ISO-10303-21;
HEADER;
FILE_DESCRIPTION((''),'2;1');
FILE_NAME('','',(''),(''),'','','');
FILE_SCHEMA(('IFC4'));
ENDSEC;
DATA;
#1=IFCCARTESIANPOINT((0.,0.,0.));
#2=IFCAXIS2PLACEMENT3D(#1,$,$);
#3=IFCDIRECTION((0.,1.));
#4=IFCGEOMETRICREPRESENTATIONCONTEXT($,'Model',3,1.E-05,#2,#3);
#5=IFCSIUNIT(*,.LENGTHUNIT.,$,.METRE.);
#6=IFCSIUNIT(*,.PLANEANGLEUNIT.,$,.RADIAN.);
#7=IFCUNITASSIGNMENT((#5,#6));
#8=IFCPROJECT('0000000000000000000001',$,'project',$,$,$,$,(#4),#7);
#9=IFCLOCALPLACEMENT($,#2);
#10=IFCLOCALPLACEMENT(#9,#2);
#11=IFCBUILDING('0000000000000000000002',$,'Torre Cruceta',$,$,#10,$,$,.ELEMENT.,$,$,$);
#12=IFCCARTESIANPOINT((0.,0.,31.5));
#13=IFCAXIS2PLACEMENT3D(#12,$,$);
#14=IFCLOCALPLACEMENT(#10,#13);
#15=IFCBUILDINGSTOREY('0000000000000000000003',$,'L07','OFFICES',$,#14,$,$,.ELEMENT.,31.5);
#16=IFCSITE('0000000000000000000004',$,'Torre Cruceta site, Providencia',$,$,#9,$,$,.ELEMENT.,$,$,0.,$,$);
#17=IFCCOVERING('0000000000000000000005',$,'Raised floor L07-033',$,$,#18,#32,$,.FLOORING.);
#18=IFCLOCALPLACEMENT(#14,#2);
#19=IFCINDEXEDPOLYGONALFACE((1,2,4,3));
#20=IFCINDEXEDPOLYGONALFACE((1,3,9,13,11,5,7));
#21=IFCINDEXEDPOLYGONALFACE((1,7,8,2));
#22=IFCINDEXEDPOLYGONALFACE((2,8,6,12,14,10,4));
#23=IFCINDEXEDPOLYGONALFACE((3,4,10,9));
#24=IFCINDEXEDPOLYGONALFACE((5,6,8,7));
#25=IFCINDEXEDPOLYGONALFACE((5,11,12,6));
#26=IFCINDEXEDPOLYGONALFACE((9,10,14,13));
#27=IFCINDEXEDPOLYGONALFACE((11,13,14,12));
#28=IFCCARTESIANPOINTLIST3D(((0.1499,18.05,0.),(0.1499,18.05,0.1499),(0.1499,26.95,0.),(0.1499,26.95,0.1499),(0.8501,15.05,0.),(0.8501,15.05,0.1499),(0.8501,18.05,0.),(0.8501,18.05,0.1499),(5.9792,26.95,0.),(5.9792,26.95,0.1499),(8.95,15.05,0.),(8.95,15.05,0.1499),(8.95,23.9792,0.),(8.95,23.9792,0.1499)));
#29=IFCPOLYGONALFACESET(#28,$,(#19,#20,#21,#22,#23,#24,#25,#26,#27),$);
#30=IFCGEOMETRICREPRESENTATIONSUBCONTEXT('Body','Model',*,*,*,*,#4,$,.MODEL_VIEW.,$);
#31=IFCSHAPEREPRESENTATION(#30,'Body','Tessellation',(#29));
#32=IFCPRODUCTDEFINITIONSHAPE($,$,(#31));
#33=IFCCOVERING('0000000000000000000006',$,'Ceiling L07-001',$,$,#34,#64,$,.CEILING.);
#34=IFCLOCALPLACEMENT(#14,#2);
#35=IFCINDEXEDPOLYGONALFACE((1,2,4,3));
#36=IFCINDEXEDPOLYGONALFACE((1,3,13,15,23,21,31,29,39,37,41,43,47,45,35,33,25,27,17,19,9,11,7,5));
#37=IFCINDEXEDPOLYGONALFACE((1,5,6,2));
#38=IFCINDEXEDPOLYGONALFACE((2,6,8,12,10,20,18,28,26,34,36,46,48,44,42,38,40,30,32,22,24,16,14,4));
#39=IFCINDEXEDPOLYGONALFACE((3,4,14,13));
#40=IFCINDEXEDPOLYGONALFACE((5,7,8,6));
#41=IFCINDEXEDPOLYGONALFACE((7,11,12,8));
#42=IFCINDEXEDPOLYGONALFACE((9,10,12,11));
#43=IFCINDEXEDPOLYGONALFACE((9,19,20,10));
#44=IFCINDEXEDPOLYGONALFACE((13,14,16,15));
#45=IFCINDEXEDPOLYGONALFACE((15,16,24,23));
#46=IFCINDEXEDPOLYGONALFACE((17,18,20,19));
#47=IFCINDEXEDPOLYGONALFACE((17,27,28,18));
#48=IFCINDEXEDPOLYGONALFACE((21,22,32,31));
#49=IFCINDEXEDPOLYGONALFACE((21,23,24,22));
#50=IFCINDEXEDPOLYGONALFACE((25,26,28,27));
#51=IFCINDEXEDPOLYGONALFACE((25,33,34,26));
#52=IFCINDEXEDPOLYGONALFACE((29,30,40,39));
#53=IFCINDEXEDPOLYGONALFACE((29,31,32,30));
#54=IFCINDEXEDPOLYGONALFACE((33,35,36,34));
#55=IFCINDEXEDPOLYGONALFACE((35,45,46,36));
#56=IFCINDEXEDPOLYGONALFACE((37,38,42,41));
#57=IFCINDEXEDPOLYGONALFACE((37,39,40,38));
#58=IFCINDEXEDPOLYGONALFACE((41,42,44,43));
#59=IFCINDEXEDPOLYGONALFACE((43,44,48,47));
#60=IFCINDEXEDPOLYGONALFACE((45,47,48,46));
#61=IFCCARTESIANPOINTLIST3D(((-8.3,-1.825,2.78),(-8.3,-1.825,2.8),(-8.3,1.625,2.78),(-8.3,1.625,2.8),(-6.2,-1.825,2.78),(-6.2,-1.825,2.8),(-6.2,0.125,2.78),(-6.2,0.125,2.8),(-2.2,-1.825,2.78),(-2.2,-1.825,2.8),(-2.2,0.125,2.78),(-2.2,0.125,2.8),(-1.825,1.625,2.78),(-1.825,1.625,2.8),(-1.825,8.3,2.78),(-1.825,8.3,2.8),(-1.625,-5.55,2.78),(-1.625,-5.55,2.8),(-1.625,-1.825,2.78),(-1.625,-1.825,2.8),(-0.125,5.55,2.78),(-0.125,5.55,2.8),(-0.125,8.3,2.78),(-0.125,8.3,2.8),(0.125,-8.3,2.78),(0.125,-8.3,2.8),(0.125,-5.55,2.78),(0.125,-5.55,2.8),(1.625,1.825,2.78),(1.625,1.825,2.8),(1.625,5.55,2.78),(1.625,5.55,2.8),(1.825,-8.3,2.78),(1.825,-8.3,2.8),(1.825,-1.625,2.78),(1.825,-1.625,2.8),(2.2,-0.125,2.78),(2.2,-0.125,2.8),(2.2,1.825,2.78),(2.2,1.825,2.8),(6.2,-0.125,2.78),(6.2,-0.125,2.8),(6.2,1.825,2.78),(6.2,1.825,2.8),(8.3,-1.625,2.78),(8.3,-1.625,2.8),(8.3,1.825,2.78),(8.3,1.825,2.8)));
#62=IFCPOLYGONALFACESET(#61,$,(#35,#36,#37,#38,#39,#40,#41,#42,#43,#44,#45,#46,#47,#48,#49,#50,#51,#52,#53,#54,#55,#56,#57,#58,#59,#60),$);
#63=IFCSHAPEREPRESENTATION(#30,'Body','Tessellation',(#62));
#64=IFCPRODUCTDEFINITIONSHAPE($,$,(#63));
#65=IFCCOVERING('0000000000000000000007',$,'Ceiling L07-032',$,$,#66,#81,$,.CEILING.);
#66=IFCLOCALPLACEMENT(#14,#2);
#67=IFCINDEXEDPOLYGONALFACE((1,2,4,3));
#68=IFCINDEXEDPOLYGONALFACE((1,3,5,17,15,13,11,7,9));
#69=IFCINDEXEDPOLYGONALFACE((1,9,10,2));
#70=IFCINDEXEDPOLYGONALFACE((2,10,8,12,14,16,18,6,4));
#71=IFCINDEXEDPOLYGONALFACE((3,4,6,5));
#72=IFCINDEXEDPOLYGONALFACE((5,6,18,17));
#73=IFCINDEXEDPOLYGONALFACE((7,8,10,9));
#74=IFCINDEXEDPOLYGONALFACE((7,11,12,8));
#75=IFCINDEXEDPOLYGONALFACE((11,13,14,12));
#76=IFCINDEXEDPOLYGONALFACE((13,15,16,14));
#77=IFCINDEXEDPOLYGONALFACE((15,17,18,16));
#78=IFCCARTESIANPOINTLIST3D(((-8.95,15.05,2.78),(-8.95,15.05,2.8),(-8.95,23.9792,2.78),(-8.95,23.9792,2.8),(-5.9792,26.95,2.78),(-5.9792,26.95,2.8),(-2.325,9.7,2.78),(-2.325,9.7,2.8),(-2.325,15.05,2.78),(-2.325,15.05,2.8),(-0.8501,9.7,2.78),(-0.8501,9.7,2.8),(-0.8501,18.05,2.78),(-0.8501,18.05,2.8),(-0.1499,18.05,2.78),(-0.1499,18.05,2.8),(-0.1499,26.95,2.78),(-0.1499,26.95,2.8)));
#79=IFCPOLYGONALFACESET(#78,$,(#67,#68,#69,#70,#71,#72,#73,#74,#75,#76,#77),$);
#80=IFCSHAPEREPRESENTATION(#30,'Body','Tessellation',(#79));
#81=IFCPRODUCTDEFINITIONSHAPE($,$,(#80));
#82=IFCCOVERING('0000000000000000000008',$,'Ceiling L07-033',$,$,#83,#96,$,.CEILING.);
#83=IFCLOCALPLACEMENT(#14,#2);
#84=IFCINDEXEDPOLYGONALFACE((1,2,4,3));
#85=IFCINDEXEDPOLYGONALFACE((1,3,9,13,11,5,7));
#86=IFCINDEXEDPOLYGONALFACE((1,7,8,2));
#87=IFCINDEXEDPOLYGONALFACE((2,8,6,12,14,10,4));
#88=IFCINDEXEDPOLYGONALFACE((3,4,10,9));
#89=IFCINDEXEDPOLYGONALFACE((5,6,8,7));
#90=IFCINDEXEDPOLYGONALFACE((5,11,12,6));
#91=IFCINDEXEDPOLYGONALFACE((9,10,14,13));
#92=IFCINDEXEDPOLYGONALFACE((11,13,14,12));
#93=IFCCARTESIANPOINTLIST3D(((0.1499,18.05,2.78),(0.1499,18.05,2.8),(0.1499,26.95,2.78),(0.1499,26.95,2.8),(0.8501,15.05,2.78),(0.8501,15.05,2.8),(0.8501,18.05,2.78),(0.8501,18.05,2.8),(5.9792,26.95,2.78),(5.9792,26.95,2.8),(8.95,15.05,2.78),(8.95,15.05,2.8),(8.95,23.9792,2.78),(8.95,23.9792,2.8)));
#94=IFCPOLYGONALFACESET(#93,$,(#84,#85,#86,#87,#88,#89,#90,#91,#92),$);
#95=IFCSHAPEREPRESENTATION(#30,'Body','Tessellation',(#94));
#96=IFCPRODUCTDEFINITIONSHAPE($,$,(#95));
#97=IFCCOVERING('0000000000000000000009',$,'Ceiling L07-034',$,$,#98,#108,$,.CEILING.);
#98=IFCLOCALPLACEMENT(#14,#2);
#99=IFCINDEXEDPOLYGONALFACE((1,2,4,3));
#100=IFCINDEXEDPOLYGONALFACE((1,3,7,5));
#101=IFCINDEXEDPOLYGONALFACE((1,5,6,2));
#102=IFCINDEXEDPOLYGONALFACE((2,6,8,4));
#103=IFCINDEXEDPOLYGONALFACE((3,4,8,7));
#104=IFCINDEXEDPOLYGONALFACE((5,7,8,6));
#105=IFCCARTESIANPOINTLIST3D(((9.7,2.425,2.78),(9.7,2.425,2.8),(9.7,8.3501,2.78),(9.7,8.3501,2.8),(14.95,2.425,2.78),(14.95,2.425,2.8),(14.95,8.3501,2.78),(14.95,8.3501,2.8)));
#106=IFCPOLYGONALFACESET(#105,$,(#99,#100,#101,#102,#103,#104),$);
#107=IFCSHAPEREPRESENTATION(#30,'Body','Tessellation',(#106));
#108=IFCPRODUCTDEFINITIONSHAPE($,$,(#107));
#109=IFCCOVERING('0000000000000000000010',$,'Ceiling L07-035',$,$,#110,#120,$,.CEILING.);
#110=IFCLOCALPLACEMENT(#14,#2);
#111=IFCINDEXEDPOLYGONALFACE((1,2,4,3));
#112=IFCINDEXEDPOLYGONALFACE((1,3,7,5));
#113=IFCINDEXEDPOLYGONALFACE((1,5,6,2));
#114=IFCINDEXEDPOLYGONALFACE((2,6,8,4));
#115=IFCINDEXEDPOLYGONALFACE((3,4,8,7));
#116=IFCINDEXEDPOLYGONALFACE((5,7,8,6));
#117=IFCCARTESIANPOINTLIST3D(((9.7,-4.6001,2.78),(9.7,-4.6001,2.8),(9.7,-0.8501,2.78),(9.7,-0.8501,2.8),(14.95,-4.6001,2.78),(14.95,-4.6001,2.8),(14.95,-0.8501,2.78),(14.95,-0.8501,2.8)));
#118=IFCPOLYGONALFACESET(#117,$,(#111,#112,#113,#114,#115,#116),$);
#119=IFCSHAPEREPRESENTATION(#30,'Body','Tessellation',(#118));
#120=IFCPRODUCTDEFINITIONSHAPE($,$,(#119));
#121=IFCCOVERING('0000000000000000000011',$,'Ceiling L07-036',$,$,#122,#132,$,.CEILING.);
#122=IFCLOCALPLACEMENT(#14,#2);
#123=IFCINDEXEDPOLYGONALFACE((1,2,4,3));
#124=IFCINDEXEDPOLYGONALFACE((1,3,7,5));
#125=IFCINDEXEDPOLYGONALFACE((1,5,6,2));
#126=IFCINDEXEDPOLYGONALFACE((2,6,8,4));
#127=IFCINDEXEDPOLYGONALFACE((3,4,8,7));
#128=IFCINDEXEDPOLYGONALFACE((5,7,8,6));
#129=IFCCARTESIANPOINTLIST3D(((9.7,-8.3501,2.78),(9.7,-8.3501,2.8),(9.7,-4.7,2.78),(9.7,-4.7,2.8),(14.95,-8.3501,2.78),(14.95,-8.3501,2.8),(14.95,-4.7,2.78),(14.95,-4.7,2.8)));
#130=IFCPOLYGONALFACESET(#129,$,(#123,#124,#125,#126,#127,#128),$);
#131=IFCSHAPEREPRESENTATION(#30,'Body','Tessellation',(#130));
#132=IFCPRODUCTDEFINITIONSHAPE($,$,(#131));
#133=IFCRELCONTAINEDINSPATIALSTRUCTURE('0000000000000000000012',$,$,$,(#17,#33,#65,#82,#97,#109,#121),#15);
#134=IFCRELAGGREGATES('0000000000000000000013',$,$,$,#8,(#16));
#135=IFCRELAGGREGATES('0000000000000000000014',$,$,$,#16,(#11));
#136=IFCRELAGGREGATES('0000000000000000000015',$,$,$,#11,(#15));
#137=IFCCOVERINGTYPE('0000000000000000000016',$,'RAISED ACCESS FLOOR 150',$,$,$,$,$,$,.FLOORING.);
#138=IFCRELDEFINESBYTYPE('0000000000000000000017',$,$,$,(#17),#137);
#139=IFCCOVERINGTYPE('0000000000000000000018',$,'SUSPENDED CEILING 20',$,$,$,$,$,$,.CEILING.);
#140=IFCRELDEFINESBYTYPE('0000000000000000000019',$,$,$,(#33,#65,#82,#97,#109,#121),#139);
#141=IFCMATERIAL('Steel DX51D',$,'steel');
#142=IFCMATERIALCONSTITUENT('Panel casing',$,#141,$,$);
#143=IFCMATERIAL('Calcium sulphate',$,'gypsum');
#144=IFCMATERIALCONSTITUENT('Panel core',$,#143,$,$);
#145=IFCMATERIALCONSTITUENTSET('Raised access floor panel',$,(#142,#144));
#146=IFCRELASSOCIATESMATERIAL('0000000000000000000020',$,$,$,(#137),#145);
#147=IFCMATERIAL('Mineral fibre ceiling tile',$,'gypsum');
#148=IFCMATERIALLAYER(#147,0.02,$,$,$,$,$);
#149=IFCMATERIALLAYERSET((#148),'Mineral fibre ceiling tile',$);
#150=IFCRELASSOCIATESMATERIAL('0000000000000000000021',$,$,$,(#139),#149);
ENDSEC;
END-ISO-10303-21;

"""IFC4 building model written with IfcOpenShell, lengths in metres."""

from ifc_helpers import new_model, si_unit, direction, frame, origin, place, context, subcontext, project, spatial, polyline, outline, extrude, material, layer, layer_set, constituent, constituent_set, type_object, element, save


model = new_model("IFC4")

# Units and contexts
model_context = context("Model", 3, precision=1e-05, world=origin(), true_north=direction((0.0, 1.0)))
body_context = subcontext(model_context, "Body", "Model", "MODEL_VIEW")
ifc_project = project(units=[si_unit("LENGTHUNIT", "METRE"), si_unit("PLANEANGLEUNIT", "RADIAN")], contexts=[model_context])

# Site, building, storey
site_placement = place(None, origin())
site = spatial("IfcSite", under=ifc_project, at=site_placement, Name="Torre Cruceta site, Providencia", CompositionType="ELEMENT", RefElevation=0.0)
building_placement = place(site_placement, origin())
building = spatial("IfcBuilding", under=site, at=building_placement, Name="Torre Cruceta", CompositionType="ELEMENT")
storey_placement = place(building_placement, frame((0.0, 0.0, 31.5)))
storey = spatial("IfcBuildingStorey", under=building, at=storey_placement, Name="L07", Description="OFFICES", CompositionType="ELEMENT", Elevation=31.5)

# Coverings
ifc_material_1 = material(Name="Steel DX51D", Category="steel")
ifc_constituent_1 = constituent(ifc_material_1, Name="Panel casing")
ifc_material_2 = material(Name="Calcium sulphate", Category="gypsum")
ifc_constituent_2 = constituent(ifc_material_2, Name="Panel core")
ifc_constituent_set_1 = constituent_set(constituents=[ifc_constituent_1, ifc_constituent_2], Name="Raised access floor panel")
covering_type_1 = type_object("IfcCoveringType", Name="RAISED ACCESS FLOOR 150", PredefinedType="FLOORING", material=ifc_constituent_set_1)
covering_1_placement = place(storey_placement, origin())
element("IfcCovering", 1, at=covering_1_placement, inside=storey, type_object=covering_type_1, Name="Raised floor L07-033", PredefinedType="FLOORING", context=body_context, shape_type="SweptSolid", body=[
    extrude(outline(polyline([(5.9792, 26.95), (8.95, 23.9792), (8.95, 15.05), (0.8501, 15.05), (0.8501, 18.05), (0.1499, 18.05), (0.1499, 26.95), (5.9792, 26.95)])), origin(), (0.0, 0.0, 1.0), 0.1499),
])
ifc_material_3 = material(Name="Mineral fibre ceiling tile", Category="gypsum")
ifc_layer_1 = layer(ifc_material_3, 0.02)
ifc_layer_set_1 = layer_set([ifc_layer_1], Name="Mineral fibre ceiling tile")
covering_type_2 = type_object("IfcCoveringType", Name="SUSPENDED CEILING 20", PredefinedType="CEILING", material=ifc_layer_set_1)
covering_2_placement = place(storey_placement, frame((0.0, 0.0, 2.78)))
element("IfcCovering", 2, at=covering_2_placement, inside=storey, type_object=covering_type_2, Name="Ceiling L07-001", PredefinedType="CEILING", context=body_context, shape_type="SweptSolid", body=[
    extrude(outline(polyline([(1.825, -8.3), (0.125, -8.3), (0.125, -5.55), (-1.625, -5.55), (-1.625, -1.825), (-2.2, -1.825), (-2.2, 0.125), (-6.2, 0.125), (-6.2, -1.825), (-8.3, -1.825), (-8.3, 1.625), (-1.825, 1.625), (-1.825, 8.3), (-0.125, 8.3), (-0.125, 5.55), (1.625, 5.55), (1.625, 1.825), (2.2, 1.825), (2.2, -0.125), (6.2, -0.125), (6.2, 1.825), (8.3, 1.825), (8.3, -1.625), (1.825, -1.625), (1.825, -8.3)])), origin(), (0.0, 0.0, 1.0), 0.02),
])
covering_3_placement = place(storey_placement, frame((0.0, 0.0, 2.78)))
element("IfcCovering", 3, at=covering_3_placement, inside=storey, type_object=covering_type_2, Name="Ceiling L07-032", PredefinedType="CEILING", context=body_context, shape_type="SweptSolid", body=[
    extrude(outline(polyline([(-0.1499, 26.95), (-0.1499, 18.05), (-0.8501, 18.05), (-0.8501, 9.7), (-2.325, 9.7), (-2.325, 15.05), (-8.95, 15.05), (-8.95, 23.9792), (-5.9792, 26.95), (-0.1499, 26.95)])), origin(), (0.0, 0.0, 1.0), 0.02),
])
covering_4_placement = place(storey_placement, frame((0.0, 0.0, 2.78)))
element("IfcCovering", 4, at=covering_4_placement, inside=storey, type_object=covering_type_2, Name="Ceiling L07-033", PredefinedType="CEILING", context=body_context, shape_type="SweptSolid", body=[
    extrude(outline(polyline([(5.9792, 26.95), (8.95, 23.9792), (8.95, 15.05), (0.8501, 15.05), (0.8501, 18.05), (0.1499, 18.05), (0.1499, 26.95), (5.9792, 26.95)])), origin(), (0.0, 0.0, 1.0), 0.02),
])
covering_5_placement = place(storey_placement, frame((0.0, 0.0, 2.78)))
element("IfcCovering", 5, at=covering_5_placement, inside=storey, type_object=covering_type_2, Name="Ceiling L07-034", PredefinedType="CEILING", context=body_context, shape_type="SweptSolid", body=[
    extrude(outline(polyline([(9.7, 2.425), (9.7, 8.3501), (14.95, 8.3501), (14.95, 2.425), (9.7, 2.425)])), origin(), (0.0, 0.0, 1.0), 0.02),
])
covering_6_placement = place(storey_placement, frame((0.0, 0.0, 2.78)))
element("IfcCovering", 6, at=covering_6_placement, inside=storey, type_object=covering_type_2, Name="Ceiling L07-035", PredefinedType="CEILING", context=body_context, shape_type="SweptSolid", body=[
    extrude(outline(polyline([(9.7, -4.6001), (9.7, -0.8501), (14.95, -0.8501), (14.95, -4.6001), (9.7, -4.6001)])), origin(), (0.0, 0.0, 1.0), 0.02),
])
covering_7_placement = place(storey_placement, frame((0.0, 0.0, 2.78)))
element("IfcCovering", 7, at=covering_7_placement, inside=storey, type_object=covering_type_2, Name="Ceiling L07-036", PredefinedType="CEILING", context=body_context, shape_type="SweptSolid", body=[
    extrude(outline(polyline([(9.7, -8.3501), (9.7, -4.7), (14.95, -4.7), (14.95, -8.3501), (9.7, -8.3501)])), origin(), (0.0, 0.0, 1.0), 0.02),
])

save(model, "model.ifc")
